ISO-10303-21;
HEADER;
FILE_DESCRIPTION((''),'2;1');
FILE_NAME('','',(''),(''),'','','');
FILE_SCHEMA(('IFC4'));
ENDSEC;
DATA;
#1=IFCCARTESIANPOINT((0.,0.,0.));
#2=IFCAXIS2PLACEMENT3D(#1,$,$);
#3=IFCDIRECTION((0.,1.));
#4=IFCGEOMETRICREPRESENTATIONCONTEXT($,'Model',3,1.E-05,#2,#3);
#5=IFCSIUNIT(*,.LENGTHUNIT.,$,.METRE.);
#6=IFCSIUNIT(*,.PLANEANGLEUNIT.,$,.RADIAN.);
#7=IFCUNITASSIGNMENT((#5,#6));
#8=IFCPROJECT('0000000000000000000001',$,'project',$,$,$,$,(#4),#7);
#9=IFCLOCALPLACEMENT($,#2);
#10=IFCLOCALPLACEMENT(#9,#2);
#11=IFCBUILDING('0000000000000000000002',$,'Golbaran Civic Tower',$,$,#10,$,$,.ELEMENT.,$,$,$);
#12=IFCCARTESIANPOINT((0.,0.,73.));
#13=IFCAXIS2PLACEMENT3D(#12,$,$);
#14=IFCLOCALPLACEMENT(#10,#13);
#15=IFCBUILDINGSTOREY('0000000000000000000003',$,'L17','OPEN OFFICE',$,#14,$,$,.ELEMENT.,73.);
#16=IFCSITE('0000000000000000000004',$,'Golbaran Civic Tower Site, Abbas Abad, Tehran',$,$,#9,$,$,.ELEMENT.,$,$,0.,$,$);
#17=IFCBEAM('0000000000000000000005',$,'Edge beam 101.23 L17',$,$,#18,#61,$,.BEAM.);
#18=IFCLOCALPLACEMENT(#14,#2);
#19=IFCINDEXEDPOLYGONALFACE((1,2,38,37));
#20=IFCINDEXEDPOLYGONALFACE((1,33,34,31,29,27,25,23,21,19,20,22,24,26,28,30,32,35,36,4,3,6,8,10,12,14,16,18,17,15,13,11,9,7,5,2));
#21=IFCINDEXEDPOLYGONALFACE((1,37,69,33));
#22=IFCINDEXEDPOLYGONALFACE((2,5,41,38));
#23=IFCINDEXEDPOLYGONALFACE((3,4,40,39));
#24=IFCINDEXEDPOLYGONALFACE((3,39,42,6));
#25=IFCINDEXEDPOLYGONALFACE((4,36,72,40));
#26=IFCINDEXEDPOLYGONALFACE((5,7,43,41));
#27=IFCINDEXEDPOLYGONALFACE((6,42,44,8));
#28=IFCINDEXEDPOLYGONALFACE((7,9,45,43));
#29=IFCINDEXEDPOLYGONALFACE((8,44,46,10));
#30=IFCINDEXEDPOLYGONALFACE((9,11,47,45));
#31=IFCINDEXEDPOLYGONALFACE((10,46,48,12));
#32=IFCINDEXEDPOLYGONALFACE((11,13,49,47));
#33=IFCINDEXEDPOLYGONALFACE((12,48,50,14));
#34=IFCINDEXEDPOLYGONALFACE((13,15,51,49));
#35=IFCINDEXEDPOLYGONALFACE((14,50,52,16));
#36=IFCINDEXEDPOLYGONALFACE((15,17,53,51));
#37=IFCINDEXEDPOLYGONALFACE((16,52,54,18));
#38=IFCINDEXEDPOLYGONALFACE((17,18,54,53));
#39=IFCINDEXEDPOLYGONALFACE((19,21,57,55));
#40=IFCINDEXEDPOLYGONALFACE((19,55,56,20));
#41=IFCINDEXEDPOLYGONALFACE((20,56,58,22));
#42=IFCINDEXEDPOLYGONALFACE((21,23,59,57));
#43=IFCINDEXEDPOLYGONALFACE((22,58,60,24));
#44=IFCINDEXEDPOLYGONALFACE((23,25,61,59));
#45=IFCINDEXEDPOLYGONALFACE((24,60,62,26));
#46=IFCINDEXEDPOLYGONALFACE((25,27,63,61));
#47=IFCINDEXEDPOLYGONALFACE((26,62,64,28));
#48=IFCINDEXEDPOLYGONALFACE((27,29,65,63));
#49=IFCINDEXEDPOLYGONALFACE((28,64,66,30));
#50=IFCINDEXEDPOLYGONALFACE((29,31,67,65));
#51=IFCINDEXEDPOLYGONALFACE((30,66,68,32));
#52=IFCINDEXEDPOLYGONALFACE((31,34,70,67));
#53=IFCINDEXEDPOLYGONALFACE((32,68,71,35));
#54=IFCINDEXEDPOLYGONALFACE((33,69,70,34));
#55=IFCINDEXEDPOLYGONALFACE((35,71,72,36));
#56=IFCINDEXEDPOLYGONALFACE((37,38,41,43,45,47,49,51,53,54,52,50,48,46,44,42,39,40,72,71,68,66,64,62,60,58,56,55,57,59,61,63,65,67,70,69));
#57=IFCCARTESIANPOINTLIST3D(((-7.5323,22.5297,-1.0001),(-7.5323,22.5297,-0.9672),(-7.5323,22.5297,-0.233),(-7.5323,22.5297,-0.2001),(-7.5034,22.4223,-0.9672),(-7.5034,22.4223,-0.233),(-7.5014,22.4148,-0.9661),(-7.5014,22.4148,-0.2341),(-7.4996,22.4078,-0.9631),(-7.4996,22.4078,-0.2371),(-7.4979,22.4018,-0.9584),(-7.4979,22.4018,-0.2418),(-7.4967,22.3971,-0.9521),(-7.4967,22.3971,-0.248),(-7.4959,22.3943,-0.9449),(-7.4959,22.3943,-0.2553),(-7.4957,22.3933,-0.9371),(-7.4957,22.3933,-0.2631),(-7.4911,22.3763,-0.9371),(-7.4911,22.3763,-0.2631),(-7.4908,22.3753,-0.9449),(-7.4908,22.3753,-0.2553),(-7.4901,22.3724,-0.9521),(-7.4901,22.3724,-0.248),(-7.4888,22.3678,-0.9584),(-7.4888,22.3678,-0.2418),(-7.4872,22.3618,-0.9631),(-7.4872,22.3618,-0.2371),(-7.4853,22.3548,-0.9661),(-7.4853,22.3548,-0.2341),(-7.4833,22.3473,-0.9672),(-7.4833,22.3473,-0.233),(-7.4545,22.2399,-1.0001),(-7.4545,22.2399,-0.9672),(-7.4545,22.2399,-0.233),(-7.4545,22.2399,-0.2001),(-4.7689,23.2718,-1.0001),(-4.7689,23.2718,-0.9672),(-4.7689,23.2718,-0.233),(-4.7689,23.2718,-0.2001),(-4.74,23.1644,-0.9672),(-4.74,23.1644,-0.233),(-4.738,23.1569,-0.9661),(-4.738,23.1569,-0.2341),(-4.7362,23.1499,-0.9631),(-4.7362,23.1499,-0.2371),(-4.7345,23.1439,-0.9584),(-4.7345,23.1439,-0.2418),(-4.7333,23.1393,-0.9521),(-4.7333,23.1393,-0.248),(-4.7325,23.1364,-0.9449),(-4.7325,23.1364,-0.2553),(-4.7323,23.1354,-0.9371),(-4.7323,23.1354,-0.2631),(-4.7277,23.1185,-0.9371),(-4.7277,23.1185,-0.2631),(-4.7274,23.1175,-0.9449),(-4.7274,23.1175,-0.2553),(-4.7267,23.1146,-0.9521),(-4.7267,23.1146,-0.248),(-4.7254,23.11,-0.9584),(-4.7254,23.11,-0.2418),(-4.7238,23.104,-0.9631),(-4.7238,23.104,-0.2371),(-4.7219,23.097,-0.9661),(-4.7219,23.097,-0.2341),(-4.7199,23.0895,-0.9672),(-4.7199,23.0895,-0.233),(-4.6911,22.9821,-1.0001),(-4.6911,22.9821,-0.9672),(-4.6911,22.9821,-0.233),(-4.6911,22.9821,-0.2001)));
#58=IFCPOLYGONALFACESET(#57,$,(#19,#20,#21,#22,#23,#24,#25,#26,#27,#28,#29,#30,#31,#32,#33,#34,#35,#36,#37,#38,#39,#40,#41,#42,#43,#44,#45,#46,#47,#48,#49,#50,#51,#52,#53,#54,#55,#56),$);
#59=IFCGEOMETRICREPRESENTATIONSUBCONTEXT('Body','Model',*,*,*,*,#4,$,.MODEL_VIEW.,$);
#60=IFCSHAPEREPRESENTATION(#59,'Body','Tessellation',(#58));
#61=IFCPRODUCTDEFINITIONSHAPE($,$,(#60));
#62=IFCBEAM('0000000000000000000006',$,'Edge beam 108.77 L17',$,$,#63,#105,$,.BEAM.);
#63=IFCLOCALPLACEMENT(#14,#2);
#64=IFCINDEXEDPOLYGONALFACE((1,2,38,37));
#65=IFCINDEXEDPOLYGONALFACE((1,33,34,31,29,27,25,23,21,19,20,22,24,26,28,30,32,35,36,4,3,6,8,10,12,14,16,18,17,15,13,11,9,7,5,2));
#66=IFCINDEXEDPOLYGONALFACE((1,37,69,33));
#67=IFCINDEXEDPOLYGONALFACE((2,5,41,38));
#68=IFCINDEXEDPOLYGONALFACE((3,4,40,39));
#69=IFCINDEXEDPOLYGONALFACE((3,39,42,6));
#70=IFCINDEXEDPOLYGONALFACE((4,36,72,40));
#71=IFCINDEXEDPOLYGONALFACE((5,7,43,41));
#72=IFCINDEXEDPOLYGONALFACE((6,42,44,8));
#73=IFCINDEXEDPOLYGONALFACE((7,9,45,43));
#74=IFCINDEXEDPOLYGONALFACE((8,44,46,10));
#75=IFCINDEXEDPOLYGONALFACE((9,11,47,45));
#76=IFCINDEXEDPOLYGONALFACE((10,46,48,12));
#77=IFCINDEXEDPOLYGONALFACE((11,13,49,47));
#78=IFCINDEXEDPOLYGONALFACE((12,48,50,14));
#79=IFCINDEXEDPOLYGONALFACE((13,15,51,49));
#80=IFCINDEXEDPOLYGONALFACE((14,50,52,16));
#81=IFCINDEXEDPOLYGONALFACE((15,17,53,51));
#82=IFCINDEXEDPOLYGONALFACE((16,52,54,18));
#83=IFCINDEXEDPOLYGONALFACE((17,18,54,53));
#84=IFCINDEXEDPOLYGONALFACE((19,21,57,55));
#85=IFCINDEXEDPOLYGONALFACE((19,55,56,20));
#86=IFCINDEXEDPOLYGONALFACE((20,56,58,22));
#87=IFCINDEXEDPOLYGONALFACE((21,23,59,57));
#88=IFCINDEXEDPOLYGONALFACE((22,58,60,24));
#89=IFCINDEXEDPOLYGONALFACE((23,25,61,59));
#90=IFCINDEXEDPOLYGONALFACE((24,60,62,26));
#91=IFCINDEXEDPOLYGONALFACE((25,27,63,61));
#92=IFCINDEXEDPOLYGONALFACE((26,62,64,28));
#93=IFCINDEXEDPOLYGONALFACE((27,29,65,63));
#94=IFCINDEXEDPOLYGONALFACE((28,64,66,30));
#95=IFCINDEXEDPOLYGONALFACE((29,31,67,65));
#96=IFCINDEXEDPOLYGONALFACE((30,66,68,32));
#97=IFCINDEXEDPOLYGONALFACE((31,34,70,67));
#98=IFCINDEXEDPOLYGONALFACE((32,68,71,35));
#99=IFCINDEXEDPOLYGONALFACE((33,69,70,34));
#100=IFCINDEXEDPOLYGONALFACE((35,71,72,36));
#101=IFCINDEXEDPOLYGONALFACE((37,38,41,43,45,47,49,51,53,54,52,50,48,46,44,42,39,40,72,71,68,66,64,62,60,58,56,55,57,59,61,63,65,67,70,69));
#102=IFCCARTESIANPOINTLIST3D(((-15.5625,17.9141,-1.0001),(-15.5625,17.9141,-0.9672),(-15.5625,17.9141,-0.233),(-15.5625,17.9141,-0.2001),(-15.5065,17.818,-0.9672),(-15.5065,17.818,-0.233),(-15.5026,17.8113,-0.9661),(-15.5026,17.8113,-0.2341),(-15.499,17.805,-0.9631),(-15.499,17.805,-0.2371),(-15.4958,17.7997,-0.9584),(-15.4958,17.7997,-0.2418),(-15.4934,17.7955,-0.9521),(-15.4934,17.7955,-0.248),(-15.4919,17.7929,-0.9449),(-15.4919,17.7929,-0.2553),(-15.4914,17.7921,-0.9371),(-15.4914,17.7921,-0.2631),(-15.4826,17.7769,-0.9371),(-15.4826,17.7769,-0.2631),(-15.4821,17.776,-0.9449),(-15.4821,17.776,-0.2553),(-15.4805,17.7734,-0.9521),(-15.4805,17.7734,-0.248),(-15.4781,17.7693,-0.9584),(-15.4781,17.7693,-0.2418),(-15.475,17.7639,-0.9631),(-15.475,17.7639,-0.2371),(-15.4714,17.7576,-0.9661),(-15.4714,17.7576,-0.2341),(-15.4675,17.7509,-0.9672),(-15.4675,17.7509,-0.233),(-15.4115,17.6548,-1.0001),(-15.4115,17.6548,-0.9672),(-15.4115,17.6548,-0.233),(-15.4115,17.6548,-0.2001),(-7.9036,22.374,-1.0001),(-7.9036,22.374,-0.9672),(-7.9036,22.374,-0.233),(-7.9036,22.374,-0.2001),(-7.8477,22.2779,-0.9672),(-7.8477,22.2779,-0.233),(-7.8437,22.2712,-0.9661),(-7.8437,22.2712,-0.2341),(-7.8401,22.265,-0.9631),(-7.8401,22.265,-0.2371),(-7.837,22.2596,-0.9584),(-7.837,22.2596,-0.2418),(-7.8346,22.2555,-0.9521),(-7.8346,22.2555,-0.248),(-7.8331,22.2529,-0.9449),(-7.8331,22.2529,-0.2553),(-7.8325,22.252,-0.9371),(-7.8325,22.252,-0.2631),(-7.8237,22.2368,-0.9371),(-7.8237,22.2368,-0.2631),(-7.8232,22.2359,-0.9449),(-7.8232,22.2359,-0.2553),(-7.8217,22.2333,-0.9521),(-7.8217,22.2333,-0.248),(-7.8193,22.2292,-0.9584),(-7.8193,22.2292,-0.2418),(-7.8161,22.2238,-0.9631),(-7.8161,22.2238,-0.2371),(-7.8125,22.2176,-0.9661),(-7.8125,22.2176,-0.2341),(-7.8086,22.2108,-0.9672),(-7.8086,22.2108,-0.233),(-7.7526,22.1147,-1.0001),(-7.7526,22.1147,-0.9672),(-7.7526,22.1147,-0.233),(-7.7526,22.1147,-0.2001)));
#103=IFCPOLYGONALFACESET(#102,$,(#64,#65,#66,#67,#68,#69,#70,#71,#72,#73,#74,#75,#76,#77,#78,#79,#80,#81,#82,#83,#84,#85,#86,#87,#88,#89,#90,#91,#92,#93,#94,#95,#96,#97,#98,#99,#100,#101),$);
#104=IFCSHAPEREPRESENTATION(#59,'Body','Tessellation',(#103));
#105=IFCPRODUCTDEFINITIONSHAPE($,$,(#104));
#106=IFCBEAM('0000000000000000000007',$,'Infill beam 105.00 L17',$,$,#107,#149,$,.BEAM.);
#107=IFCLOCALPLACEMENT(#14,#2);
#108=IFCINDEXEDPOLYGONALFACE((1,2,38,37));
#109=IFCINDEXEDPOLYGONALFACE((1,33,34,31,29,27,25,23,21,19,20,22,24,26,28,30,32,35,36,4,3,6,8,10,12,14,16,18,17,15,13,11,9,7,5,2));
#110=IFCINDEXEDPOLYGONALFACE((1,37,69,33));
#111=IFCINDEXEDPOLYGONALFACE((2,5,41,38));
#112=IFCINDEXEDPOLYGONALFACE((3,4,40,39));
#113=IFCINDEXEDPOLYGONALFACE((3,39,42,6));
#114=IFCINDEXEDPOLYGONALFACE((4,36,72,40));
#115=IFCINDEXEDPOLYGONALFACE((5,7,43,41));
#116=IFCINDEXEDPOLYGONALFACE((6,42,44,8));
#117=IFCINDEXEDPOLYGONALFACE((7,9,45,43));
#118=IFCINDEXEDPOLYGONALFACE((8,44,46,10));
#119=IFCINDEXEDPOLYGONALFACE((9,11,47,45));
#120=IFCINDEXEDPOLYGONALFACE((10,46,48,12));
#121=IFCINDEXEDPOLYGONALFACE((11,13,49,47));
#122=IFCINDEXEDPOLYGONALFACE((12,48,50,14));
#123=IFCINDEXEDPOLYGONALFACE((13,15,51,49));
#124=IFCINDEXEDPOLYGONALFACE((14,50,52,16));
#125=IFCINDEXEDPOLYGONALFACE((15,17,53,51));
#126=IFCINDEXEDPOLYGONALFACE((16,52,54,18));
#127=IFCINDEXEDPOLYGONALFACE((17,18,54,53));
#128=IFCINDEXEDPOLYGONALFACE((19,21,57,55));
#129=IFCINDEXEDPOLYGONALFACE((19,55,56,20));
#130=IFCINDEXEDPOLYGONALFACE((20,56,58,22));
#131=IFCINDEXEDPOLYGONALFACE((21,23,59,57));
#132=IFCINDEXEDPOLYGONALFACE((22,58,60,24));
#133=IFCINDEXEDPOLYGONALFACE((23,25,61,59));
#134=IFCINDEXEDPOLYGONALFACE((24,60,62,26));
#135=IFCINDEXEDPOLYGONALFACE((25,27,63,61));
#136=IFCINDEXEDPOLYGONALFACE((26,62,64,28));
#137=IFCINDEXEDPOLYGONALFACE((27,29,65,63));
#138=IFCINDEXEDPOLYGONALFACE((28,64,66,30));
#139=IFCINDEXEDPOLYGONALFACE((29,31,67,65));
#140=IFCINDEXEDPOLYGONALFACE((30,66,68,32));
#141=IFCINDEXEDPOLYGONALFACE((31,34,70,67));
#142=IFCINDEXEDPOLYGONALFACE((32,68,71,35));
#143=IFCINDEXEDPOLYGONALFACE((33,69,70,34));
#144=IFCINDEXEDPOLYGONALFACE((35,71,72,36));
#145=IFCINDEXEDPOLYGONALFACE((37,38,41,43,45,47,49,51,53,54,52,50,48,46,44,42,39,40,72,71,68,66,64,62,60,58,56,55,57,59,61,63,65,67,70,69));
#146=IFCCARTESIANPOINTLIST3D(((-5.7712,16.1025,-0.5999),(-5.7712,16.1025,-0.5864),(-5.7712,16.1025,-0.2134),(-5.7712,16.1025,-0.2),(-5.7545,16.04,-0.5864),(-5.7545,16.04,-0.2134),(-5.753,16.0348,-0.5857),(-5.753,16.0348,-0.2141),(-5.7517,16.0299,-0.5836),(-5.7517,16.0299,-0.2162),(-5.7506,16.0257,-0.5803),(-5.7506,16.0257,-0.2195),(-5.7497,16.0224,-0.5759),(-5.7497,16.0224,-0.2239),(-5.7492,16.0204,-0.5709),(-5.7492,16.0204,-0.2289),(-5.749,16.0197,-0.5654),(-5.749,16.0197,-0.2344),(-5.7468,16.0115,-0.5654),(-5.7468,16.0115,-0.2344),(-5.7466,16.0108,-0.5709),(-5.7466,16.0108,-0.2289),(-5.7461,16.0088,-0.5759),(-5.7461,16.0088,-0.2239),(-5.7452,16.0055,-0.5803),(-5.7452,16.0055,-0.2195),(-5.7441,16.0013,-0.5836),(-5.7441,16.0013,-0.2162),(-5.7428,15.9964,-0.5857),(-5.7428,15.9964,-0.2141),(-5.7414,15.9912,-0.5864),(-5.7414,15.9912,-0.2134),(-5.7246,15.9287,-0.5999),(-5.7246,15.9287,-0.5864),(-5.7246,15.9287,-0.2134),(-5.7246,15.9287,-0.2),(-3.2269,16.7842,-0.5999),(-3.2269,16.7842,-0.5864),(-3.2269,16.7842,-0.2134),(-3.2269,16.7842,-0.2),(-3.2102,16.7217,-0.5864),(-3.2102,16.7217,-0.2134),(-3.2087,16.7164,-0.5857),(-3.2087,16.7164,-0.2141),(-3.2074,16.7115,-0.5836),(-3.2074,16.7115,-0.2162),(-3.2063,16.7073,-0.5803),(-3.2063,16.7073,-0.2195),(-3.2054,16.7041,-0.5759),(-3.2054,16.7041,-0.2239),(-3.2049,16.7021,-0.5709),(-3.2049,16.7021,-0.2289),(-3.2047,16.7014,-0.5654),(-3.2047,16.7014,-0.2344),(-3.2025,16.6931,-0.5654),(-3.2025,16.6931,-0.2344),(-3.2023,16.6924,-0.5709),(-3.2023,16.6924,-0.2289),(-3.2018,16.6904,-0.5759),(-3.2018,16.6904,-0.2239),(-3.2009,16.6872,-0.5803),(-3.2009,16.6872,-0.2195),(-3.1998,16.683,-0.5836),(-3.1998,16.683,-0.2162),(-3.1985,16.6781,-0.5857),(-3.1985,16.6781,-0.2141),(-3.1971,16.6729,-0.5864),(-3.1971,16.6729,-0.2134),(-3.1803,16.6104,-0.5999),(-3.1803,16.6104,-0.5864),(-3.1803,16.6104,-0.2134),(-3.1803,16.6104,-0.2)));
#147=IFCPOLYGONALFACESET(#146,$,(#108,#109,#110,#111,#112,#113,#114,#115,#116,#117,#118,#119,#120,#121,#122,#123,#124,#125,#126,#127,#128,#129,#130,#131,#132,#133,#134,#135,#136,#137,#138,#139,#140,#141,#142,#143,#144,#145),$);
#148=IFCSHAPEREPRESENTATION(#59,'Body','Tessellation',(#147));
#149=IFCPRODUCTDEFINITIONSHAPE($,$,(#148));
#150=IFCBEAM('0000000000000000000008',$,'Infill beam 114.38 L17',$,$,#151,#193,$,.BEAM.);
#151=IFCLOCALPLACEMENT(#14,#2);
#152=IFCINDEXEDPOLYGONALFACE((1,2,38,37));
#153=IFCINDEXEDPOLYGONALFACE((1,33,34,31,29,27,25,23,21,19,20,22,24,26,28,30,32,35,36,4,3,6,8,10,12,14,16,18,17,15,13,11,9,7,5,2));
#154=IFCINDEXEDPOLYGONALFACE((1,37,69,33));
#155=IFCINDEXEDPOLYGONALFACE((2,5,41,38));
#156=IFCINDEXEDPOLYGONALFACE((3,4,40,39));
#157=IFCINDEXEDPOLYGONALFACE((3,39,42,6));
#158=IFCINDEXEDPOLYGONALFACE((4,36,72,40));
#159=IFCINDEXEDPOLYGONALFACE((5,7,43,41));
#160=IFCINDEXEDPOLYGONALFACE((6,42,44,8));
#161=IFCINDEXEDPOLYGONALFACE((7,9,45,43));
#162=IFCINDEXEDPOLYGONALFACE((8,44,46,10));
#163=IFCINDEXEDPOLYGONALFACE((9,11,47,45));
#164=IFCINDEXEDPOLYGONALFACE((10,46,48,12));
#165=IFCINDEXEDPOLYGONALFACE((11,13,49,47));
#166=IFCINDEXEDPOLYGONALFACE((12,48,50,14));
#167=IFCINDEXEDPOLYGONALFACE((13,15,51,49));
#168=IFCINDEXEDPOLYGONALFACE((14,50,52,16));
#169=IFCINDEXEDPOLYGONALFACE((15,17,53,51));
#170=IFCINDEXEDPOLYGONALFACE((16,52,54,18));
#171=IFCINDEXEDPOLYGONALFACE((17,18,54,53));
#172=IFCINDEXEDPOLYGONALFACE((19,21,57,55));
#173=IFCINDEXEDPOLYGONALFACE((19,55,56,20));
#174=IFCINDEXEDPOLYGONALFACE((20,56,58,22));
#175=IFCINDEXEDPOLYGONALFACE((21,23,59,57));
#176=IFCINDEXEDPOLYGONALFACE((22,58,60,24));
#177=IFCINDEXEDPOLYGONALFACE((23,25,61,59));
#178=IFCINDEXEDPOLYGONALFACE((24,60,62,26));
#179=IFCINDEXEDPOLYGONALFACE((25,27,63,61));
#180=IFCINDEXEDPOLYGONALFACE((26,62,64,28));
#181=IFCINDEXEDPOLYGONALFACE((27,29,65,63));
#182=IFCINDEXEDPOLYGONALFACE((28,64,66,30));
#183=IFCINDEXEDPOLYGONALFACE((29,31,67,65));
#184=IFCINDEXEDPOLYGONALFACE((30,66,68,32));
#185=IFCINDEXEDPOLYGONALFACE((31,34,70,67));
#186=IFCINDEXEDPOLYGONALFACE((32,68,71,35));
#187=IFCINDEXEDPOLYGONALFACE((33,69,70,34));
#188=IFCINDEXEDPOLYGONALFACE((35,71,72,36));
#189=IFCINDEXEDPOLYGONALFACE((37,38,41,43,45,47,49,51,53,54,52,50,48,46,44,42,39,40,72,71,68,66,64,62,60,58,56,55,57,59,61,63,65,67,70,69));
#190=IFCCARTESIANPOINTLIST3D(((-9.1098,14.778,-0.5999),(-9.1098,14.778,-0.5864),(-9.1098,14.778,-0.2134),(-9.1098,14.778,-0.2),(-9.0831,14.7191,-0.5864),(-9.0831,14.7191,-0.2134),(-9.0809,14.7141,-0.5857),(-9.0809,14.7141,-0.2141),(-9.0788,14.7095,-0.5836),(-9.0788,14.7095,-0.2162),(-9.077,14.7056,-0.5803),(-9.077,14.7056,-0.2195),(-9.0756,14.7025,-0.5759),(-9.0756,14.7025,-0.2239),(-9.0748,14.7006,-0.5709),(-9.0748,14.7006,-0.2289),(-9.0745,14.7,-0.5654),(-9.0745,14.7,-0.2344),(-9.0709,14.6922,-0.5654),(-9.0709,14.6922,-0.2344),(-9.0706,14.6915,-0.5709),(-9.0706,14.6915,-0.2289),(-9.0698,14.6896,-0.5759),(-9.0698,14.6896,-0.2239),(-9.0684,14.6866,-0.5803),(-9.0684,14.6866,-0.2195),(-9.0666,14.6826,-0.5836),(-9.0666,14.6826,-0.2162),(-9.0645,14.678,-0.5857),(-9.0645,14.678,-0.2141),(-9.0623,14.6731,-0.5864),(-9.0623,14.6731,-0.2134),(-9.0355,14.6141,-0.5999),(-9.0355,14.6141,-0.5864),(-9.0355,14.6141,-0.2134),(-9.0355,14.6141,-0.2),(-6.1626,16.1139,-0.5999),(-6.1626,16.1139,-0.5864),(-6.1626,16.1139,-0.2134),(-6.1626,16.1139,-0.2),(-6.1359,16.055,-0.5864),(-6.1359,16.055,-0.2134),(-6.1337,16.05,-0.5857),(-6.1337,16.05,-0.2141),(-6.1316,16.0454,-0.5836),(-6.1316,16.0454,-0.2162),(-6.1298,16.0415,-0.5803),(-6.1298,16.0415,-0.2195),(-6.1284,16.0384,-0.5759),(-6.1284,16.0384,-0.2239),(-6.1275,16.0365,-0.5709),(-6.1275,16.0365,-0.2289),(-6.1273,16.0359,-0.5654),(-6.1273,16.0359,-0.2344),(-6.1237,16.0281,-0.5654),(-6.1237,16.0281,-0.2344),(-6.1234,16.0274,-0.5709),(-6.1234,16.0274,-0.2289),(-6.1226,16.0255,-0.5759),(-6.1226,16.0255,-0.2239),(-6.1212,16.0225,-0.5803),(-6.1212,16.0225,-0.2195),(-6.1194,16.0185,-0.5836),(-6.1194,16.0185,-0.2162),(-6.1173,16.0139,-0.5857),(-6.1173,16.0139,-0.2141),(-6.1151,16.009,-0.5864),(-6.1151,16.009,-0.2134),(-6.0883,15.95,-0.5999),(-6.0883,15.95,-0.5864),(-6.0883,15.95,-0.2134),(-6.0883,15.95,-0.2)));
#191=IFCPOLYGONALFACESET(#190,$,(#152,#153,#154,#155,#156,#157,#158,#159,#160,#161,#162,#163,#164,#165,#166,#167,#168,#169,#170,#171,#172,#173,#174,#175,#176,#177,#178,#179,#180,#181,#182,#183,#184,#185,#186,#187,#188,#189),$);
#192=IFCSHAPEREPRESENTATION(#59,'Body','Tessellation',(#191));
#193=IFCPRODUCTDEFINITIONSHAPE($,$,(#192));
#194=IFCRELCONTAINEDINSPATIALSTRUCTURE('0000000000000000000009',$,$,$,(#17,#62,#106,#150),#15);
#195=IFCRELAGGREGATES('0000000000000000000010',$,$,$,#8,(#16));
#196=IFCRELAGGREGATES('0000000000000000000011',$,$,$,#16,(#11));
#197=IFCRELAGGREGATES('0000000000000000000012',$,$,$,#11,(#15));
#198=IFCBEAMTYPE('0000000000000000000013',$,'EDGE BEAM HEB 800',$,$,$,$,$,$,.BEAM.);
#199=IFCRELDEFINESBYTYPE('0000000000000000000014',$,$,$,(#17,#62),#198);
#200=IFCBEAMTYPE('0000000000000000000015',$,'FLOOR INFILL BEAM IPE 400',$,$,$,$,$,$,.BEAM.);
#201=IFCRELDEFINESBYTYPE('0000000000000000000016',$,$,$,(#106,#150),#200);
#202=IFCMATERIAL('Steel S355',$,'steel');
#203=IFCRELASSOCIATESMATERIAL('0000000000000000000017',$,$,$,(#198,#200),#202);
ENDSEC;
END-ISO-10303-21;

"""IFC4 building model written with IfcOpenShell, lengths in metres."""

from ifc_helpers import new_model, si_unit, direction, frame, origin, origin_2d, place, context, subcontext, project, spatial, i_section, extrude, material, material_profile, profile_set, type_object, element, save


model = new_model("IFC4")

# Units and contexts
model_context = context("Model", 3, precision=1e-05, world=origin(), true_north=direction((0.0, 1.0)))
body_context = subcontext(model_context, "Body", "Model", "MODEL_VIEW")
ifc_project = project(units=[si_unit("LENGTHUNIT", "METRE"), si_unit("PLANEANGLEUNIT", "RADIAN")], contexts=[model_context])

# Site, building, storey
site_placement = place(None, origin())
site = spatial("IfcSite", under=ifc_project, at=site_placement, Name="Golbaran Civic Tower Site, Abbas Abad, Tehran", CompositionType="ELEMENT", RefElevation=0.0)
building_placement = place(site_placement, origin())
building = spatial("IfcBuilding", under=site, at=building_placement, Name="Golbaran Civic Tower", CompositionType="ELEMENT")
storey_placement = place(building_placement, frame((0.0, 0.0, 73.0)))
storey = spatial("IfcBuildingStorey", under=building, at=storey_placement, Name="L17", Description="OPEN OFFICE", CompositionType="ELEMENT", Elevation=73.0)

# Beams
ifc_material_1 = material(Name="Steel S355", Category="steel")
ifc_material_profile_1 = material_profile(ifc_material_1, i_section(OverallWidth=0.3, OverallDepth=0.8, WebThickness=0.0176, FlangeThickness=0.033, FilletRadius=0.03, at=origin_2d()), Name="HEB 800")
ifc_profile_set_1 = profile_set([ifc_material_profile_1], Name="Steel S355")
beam_type_1 = type_object("IfcBeamType", Name="EDGE BEAM HEB 800", PredefinedType="BEAM", material=ifc_profile_set_1)
beam_1_placement = place(storey_placement, frame((-4.73, 23.127, -0.6001), z_axis=(-0.965775, -0.259383, 0.0), x_axis=(0.259383, -0.965775, 0.0)))
element("IfcBeam", 1, at=beam_1_placement, inside=storey, type_object=beam_type_1, Name="Edge beam 101.23 L17", PredefinedType="BEAM", context=body_context, shape_type="SweptSolid", body=[
    extrude(i_section(OverallWidth=0.3, OverallDepth=0.8, WebThickness=0.0176, FlangeThickness=0.033, FilletRadius=0.03, at=origin_2d()), origin(), (0.0, 0.0, 1.0), 2.8613),
])
beam_2_placement = place(storey_placement, frame((-7.8281, 22.2444, -0.6001), z_axis=(-0.864159, -0.503218, 0.0), x_axis=(0.503218, -0.864159, 0.0)))
element("IfcBeam", 2, at=beam_2_placement, inside=storey, type_object=beam_type_1, Name="Edge beam 108.77 L17", PredefinedType="BEAM", context=body_context, shape_type="SweptSolid", body=[
    extrude(i_section(OverallWidth=0.3, OverallDepth=0.8, WebThickness=0.0176, FlangeThickness=0.033, FilletRadius=0.03, at=origin_2d()), origin(), (0.0, 0.0, 1.0), 8.8628),
])
ifc_material_profile_2 = material_profile(ifc_material_1, i_section(OverallWidth=0.1799, OverallDepth=0.3999, WebThickness=0.0085, FlangeThickness=0.0134, FilletRadius=0.021, at=origin_2d()), Name="IPE 400")
ifc_profile_set_2 = profile_set([ifc_material_profile_2], Name="Steel S355")
beam_type_2 = type_object("IfcBeamType", Name="FLOOR INFILL BEAM IPE 400", PredefinedType="BEAM", material=ifc_profile_set_2)
beam_3_placement = place(storey_placement, frame((-3.2036, 16.6973, -0.3999), z_axis=(-0.965933, -0.258793, 0.0), x_axis=(0.258793, -0.965933, 0.0)))
element("IfcBeam", 3, at=beam_3_placement, inside=storey, type_object=beam_type_2, Name="Infill beam 105.00 L17", PredefinedType="BEAM", context=body_context, shape_type="SweptSolid", body=[
    extrude(i_section(OverallWidth=0.1799, OverallDepth=0.3999, WebThickness=0.0085, FlangeThickness=0.0134, FilletRadius=0.021, at=origin_2d()), origin(), (0.0, 0.0, 1.0), 2.634),
])
beam_4_placement = place(storey_placement, frame((-6.1255, 16.032, -0.3999), z_axis=(-0.9108, -0.412848, 0.0), x_axis=(0.412848, -0.9108, 0.0)))
element("IfcBeam", 4, at=beam_4_placement, inside=storey, type_object=beam_type_2, Name="Infill beam 114.38 L17", PredefinedType="BEAM", context=body_context, shape_type="SweptSolid", body=[
    extrude(i_section(OverallWidth=0.1799, OverallDepth=0.3999, WebThickness=0.0085, FlangeThickness=0.0134, FilletRadius=0.021, at=origin_2d()), origin(), (0.0, 0.0, 1.0), 3.2358),
])

save(model, "model.ifc")
